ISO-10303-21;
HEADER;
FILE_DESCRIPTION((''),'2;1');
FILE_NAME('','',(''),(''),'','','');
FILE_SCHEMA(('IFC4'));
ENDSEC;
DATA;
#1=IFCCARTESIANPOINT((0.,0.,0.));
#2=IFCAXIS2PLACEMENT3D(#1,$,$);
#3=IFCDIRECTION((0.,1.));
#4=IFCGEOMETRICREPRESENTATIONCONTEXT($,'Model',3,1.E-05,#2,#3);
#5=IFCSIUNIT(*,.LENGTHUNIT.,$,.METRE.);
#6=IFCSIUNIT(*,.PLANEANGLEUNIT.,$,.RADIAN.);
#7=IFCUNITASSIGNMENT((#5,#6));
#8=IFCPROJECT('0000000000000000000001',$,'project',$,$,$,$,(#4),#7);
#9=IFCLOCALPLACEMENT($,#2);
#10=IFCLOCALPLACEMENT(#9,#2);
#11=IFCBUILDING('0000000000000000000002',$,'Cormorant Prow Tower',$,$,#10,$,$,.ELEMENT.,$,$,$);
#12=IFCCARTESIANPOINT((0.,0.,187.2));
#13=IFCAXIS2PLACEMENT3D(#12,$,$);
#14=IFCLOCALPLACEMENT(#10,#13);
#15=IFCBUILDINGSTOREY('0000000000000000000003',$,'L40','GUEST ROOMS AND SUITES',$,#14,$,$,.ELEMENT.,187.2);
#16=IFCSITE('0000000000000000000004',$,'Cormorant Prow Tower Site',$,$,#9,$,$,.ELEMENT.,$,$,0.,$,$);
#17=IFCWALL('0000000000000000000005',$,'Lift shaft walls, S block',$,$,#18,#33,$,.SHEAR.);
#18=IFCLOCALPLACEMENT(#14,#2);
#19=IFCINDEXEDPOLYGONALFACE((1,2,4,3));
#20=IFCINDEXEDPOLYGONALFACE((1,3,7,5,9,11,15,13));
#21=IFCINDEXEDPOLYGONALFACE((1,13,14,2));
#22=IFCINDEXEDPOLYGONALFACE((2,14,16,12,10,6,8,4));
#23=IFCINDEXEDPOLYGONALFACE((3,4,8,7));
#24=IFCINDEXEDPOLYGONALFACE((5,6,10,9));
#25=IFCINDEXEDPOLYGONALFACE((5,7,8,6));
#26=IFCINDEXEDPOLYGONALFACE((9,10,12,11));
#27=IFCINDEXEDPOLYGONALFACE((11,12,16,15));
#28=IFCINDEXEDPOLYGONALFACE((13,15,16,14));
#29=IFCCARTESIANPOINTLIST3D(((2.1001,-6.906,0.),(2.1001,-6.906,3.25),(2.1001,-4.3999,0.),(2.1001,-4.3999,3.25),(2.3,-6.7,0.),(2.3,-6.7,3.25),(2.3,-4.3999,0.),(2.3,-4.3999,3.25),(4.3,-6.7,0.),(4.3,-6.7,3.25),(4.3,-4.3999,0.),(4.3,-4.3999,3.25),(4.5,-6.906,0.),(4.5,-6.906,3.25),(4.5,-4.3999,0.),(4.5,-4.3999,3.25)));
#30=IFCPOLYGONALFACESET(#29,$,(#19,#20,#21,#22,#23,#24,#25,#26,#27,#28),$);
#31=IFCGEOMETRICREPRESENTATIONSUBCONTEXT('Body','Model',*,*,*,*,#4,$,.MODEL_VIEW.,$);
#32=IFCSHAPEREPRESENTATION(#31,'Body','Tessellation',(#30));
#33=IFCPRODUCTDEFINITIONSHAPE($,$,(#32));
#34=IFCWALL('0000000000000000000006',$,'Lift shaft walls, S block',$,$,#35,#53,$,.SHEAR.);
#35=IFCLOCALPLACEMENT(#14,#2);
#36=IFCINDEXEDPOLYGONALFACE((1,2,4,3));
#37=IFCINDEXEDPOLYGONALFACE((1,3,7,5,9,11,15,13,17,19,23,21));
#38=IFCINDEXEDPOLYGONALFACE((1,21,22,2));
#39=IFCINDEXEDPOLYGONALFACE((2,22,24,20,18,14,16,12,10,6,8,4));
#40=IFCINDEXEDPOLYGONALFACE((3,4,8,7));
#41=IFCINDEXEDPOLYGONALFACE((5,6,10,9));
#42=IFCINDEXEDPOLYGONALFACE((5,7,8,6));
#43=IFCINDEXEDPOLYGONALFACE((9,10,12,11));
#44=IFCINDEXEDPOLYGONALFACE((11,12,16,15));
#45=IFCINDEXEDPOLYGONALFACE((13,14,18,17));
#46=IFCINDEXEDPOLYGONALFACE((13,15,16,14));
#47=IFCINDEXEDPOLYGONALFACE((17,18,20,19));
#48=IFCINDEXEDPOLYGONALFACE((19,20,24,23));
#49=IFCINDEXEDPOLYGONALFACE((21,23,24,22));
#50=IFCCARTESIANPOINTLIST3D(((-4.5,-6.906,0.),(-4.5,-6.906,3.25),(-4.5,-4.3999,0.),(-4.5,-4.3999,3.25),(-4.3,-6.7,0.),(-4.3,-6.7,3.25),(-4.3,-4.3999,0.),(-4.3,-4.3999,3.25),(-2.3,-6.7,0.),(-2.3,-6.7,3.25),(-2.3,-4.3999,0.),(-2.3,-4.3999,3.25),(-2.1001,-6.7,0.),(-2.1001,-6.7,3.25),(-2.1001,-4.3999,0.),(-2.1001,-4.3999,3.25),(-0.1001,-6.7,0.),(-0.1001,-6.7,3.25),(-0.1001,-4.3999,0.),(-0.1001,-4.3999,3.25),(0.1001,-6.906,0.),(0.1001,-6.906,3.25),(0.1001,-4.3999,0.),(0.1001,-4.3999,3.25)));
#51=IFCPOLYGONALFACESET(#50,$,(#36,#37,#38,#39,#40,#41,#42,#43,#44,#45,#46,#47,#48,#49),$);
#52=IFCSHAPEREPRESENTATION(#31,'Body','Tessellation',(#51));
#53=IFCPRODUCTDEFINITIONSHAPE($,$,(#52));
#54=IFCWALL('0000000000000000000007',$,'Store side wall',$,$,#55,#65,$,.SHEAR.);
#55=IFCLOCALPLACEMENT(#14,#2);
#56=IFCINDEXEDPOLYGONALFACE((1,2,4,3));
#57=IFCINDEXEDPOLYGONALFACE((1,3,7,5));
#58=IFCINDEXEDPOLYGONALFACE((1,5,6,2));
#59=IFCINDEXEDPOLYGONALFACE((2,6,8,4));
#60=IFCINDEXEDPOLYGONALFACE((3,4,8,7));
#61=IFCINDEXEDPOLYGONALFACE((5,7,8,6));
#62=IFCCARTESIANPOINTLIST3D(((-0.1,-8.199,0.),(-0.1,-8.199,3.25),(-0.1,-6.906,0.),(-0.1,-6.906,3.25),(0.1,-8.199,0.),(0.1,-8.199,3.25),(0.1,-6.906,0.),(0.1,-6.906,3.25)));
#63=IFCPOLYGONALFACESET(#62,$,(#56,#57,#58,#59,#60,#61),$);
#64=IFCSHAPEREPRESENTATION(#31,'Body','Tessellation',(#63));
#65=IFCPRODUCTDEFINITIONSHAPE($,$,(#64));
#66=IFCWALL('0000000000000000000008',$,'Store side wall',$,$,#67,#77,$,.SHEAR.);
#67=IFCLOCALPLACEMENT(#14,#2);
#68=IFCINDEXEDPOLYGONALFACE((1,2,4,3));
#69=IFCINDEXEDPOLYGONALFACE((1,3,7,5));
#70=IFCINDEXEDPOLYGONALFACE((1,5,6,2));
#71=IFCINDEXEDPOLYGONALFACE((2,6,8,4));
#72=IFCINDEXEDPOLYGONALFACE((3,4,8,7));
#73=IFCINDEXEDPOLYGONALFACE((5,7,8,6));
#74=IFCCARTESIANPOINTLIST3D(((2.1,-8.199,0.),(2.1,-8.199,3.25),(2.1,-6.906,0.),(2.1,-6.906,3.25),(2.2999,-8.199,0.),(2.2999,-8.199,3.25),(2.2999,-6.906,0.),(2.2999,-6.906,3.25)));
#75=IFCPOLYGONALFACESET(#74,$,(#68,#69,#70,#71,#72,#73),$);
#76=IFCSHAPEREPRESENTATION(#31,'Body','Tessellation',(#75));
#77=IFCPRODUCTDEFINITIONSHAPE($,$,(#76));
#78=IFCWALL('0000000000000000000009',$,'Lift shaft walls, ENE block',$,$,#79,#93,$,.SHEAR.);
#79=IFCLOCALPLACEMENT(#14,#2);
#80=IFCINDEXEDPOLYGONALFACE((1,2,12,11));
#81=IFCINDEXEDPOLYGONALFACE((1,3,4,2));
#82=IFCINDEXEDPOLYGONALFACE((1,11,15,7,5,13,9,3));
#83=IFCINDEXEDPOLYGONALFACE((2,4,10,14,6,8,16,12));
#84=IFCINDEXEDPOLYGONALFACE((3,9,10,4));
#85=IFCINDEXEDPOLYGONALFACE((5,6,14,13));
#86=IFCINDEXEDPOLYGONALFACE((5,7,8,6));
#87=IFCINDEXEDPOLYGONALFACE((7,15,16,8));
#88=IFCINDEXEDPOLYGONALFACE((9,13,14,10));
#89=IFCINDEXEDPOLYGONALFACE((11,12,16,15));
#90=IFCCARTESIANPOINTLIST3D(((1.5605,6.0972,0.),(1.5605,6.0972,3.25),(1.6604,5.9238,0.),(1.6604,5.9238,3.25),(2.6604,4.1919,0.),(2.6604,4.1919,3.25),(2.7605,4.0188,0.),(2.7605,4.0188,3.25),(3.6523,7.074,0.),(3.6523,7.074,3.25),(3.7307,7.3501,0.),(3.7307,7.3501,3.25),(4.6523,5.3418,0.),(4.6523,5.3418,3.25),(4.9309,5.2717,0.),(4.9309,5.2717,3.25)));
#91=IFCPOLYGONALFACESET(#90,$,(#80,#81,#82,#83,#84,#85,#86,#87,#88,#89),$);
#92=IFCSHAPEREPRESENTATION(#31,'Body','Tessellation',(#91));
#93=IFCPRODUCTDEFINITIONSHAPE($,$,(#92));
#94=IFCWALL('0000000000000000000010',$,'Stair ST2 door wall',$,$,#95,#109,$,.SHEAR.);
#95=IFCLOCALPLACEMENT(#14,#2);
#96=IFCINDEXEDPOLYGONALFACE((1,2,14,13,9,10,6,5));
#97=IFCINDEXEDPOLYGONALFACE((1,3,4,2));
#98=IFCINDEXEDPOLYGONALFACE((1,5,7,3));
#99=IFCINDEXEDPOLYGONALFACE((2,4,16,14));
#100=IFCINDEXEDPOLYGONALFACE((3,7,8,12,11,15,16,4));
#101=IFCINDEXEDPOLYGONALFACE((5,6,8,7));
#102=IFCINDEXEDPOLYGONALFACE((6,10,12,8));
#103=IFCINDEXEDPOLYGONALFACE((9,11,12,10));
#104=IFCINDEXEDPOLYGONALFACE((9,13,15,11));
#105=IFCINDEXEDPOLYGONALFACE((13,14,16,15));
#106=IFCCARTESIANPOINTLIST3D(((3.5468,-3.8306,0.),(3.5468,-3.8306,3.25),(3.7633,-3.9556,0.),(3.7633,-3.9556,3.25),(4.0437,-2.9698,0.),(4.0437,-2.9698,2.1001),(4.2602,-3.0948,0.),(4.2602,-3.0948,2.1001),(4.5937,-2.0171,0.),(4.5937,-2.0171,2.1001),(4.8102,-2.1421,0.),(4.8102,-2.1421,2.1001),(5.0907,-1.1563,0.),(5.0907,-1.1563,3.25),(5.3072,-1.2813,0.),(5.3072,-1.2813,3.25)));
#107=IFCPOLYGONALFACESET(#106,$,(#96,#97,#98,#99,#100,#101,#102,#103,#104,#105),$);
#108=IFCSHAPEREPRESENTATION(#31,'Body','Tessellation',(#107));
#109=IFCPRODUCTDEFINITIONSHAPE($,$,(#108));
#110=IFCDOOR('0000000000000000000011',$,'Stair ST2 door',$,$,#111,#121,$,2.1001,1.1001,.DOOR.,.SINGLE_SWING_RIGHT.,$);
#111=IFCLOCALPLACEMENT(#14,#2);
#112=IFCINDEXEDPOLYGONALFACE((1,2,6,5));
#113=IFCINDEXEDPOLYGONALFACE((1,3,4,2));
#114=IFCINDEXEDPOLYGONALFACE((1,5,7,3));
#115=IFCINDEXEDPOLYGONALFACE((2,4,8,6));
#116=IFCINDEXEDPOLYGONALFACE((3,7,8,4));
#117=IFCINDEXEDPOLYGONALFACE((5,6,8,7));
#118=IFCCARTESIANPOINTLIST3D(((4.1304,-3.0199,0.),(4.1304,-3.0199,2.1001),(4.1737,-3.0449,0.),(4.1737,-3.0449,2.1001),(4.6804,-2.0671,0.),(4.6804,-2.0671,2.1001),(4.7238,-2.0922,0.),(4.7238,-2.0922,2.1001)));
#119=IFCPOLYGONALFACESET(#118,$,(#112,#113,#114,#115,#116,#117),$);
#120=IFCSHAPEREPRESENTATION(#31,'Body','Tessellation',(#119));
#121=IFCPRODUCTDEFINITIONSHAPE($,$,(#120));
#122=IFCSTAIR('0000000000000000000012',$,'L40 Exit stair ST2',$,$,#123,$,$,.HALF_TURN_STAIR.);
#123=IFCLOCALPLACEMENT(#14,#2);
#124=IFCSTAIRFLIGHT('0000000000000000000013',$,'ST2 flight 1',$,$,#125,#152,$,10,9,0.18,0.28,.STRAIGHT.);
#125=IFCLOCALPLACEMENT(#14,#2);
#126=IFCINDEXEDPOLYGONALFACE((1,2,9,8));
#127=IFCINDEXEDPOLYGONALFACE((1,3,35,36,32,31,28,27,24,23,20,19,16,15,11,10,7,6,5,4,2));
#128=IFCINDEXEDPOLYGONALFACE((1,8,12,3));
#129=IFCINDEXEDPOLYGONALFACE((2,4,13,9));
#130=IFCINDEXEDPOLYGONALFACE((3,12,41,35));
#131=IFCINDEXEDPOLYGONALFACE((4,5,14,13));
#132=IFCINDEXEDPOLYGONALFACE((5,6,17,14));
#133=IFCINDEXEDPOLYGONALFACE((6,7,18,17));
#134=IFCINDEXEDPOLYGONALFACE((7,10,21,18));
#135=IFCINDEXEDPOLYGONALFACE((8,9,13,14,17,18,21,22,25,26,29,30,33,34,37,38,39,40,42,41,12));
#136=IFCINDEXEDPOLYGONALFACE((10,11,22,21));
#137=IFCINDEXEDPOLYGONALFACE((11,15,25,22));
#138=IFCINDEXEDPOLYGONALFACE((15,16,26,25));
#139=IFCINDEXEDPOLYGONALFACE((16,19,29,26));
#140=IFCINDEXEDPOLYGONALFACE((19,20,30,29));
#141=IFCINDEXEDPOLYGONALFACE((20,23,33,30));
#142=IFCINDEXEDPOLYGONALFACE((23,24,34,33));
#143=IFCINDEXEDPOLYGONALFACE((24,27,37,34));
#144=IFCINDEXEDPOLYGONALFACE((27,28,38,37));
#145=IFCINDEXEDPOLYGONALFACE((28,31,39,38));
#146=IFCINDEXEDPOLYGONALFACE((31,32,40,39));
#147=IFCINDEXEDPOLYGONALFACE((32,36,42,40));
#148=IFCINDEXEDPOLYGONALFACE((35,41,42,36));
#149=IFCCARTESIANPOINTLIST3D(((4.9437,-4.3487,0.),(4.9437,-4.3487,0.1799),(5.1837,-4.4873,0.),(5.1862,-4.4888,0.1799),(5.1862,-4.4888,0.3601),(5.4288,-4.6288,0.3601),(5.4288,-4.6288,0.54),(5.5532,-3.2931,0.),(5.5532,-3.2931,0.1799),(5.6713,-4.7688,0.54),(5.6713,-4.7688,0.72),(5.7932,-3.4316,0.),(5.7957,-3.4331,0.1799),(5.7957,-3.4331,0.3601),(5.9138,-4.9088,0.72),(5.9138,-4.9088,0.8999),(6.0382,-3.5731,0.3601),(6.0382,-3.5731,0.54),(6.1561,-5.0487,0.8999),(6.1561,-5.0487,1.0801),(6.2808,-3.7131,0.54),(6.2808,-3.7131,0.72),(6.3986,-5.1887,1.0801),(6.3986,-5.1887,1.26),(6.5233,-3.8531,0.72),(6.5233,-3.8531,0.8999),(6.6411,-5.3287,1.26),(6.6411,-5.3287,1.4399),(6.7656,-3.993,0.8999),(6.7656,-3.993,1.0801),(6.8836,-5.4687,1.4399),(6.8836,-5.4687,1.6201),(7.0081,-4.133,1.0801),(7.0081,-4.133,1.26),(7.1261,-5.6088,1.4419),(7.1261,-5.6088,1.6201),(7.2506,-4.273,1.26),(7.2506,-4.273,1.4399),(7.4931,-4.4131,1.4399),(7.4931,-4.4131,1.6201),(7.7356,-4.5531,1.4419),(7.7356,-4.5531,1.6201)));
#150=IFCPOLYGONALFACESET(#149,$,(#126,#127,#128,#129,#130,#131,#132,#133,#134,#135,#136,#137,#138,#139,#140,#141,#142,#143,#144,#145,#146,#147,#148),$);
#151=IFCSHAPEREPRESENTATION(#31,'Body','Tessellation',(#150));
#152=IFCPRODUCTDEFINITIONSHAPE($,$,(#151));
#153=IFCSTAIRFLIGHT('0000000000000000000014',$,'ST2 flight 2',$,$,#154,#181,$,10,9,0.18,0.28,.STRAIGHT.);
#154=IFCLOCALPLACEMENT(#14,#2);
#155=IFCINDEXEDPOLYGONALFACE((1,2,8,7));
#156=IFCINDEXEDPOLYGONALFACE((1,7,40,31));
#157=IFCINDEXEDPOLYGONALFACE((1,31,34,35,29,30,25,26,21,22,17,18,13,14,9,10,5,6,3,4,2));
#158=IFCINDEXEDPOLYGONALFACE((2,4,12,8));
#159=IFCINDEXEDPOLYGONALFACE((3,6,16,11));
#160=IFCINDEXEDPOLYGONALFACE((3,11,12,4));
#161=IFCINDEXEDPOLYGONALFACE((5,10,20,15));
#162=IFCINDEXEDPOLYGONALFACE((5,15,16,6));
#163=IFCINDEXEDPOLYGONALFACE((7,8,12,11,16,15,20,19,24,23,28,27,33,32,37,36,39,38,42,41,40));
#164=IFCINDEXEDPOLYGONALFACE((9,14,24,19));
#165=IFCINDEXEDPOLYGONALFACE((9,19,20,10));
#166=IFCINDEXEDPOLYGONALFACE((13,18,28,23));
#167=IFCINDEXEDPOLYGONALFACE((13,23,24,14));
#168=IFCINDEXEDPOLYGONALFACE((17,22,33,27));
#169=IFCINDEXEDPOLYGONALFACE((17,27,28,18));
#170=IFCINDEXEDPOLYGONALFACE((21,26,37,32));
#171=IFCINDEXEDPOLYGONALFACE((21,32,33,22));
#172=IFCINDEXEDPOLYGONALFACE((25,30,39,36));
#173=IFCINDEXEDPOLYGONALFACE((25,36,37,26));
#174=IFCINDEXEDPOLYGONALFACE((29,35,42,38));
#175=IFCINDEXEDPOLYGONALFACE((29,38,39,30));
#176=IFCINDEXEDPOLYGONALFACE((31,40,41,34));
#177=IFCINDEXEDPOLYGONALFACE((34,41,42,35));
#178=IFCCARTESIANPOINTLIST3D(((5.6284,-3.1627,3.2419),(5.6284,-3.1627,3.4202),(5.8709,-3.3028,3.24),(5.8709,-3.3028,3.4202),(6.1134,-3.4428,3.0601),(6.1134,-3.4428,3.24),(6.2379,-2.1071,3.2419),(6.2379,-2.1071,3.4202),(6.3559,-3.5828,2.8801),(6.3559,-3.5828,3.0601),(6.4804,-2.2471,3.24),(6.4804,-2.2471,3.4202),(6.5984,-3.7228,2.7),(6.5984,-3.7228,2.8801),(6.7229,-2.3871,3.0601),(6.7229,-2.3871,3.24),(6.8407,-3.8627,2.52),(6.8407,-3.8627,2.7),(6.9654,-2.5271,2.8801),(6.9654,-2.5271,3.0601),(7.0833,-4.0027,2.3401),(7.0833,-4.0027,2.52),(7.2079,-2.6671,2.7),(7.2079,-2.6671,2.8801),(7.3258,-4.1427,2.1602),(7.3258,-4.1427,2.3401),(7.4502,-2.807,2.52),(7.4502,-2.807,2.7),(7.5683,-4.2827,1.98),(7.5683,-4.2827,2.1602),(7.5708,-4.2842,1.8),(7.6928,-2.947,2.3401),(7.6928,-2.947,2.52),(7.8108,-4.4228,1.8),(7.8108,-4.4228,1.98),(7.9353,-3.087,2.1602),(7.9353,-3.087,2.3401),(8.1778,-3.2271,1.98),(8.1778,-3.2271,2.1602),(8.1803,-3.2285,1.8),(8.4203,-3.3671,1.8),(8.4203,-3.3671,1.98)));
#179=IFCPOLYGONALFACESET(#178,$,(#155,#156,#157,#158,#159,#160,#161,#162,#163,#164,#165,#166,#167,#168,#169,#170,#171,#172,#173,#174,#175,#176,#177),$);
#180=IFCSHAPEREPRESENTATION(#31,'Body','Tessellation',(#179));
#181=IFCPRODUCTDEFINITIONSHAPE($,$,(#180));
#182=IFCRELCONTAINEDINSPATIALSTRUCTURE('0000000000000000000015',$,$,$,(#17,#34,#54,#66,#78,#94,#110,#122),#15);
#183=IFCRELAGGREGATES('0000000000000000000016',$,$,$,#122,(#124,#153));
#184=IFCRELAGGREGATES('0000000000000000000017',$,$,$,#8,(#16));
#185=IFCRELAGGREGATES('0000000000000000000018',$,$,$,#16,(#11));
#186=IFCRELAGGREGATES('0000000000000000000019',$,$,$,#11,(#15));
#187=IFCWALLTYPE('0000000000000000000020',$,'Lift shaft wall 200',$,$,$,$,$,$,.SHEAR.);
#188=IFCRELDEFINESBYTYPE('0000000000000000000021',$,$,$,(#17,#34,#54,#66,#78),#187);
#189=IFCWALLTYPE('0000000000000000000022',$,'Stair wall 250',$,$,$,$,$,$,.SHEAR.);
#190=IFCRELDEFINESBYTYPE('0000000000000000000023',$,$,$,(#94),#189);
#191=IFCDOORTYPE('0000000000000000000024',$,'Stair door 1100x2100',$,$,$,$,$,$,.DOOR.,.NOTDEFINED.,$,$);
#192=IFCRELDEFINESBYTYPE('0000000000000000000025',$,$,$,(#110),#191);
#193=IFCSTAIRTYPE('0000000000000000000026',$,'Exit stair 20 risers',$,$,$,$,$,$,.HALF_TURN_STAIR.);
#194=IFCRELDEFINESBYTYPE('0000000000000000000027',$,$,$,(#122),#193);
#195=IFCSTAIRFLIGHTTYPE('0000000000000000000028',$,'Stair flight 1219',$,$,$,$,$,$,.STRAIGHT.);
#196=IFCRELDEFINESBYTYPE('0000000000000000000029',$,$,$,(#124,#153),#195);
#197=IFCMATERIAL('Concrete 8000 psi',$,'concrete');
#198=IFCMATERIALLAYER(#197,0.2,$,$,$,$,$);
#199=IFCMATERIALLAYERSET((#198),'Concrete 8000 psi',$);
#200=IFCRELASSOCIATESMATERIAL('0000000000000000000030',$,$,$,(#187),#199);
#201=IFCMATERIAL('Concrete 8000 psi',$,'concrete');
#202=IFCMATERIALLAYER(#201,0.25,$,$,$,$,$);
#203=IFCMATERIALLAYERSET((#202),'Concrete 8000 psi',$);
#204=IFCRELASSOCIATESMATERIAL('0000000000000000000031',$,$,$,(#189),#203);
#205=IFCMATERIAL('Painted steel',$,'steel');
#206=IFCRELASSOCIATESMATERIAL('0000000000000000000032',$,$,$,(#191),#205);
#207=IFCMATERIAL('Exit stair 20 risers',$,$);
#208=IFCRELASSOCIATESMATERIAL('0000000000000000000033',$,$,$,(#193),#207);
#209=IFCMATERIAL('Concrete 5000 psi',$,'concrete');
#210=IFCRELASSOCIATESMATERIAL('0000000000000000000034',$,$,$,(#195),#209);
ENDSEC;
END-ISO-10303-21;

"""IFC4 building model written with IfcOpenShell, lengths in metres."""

from ifc_helpers import new_model, si_unit, direction, frame, frame_2d, origin, place, context, subcontext, project, spatial, polyline, rectangle, outline, extrude, material, layer, layer_set, type_object, element, fill, aggregate, save


model = new_model("IFC4")

# Units and contexts
model_context = context("Model", 3, precision=1e-05, world=origin(), true_north=direction((0.0, 1.0)))
body_context = subcontext(model_context, "Body", "Model", "MODEL_VIEW")
ifc_project = project(units=[si_unit("LENGTHUNIT", "METRE"), si_unit("PLANEANGLEUNIT", "RADIAN")], contexts=[model_context])

# Site, building, storey
site_placement = place(None, origin())
site = spatial("IfcSite", under=ifc_project, at=site_placement, Name="Cormorant Prow Tower Site", CompositionType="ELEMENT", RefElevation=0.0)
building_placement = place(site_placement, origin())
building = spatial("IfcBuilding", under=site, at=building_placement, Name="Cormorant Prow Tower", CompositionType="ELEMENT")
storey_placement = place(building_placement, frame((0.0, 0.0, 187.2)))
storey = spatial("IfcBuildingStorey", under=building, at=storey_placement, Name="L40", Description="GUEST ROOMS AND SUITES", CompositionType="ELEMENT", Elevation=187.2)

# Walls
ifc_material_1 = material(Name="Concrete 8000 psi", Category="concrete")
ifc_layer_1 = layer(ifc_material_1, 0.2)
ifc_layer_set_1 = layer_set([ifc_layer_1], Name="Concrete 8000 psi")
wall_type_1 = type_object("IfcWallType", Name="Lift shaft wall 200", PredefinedType="SHEAR", material=ifc_layer_set_1)
wall_1_placement = place(storey_placement, origin())
element("IfcWall", 1, at=wall_1_placement, inside=storey, type_object=wall_type_1, Name="Lift shaft walls, S block", PredefinedType="SHEAR", context=body_context, shape_type="SweptSolid", body=[
    extrude(outline(polyline([(4.5, -4.3999), (4.5, -6.906), (2.1001, -6.906), (2.1001, -4.3999), (2.3, -4.3999), (2.3, -6.7), (4.3, -6.7), (4.3, -4.3999), (4.5, -4.3999)])), origin(), (0.0, 0.0, 1.0), 3.25),
])
wall_2_placement = place(storey_placement, origin())
element("IfcWall", 2, at=wall_2_placement, inside=storey, type_object=wall_type_1, Name="Lift shaft walls, S block", PredefinedType="SHEAR", context=body_context, shape_type="SweptSolid", body=[
    extrude(outline(polyline([(0.1001, -4.3999), (0.1001, -6.906), (-4.5, -6.906), (-4.5, -4.3999), (-4.3, -4.3999), (-4.3, -6.7), (-2.3, -6.7), (-2.3, -4.3999), (-2.1001, -4.3999), (-2.1001, -6.7), (-0.1001, -6.7), (-0.1001, -4.3999), (0.1001, -4.3999)])), origin(), (0.0, 0.0, 1.0), 3.25),
])
for number, where, z_axis, x_axis, name in (
    (3, (0.0, -6.906, 0.0), (0.0, 0.0, 1.0), (0.0, -1.0, 0.0), "Store side wall"),
    (4, (2.2, -6.906, 0.0), (0.0, 0.0, 1.0), (0.0, -1.0, 0.0), "Store side wall"),
):
    element("IfcWall", number, at=place(storey_placement, frame(where, z_axis=z_axis, x_axis=x_axis)), inside=storey, type_object=wall_type_1, Name=name, PredefinedType="SHEAR", context=body_context, shape_type="SweptSolid", body=[
        extrude(rectangle(XDim=1.293, YDim=0.2, at=frame_2d((0.6465, 0.0))), origin(), (0.0, 0.0, 1.0), 3.25),
    ])
wall_3_placement = place(storey_placement, origin())
element("IfcWall", 5, at=wall_3_placement, inside=storey, type_object=wall_type_1, Name="Lift shaft walls, ENE block", PredefinedType="SHEAR", context=body_context, shape_type="SweptSolid", body=[
    extrude(outline(polyline([(1.5605, 6.0972), (3.7307, 7.3501), (4.9309, 5.2717), (2.7605, 4.0188), (2.6604, 4.1919), (4.6523, 5.3418), (3.6523, 7.074), (1.6604, 5.9238), (1.5605, 6.0972)])), origin(), (0.0, 0.0, 1.0), 3.25),
])

# Wall, opening, door
ifc_material_2 = material(Name="Concrete 8000 psi", Category="concrete")
ifc_layer_2 = layer(ifc_material_2, 0.25)
ifc_layer_set_2 = layer_set([ifc_layer_2], Name="Concrete 8000 psi")
wall_type_2 = type_object("IfcWallType", Name="Stair wall 250", PredefinedType="SHEAR", material=ifc_layer_set_2)
wall_4_placement = place(storey_placement, frame((3.655, -3.8931, 0.0), z_axis=(0.0, 0.0, 1.0), x_axis=(0.499983, 0.866035, 0.0)))
wall_4 = element("IfcWall", 6, at=wall_4_placement, inside=storey, type_object=wall_type_2, Name="Stair ST2 door wall", PredefinedType="SHEAR", context=body_context, shape_type="SweptSolid", body=[
    extrude(rectangle(XDim=3.0879, YDim=0.25, at=frame_2d((1.5439, 0.0))), origin(), (0.0, 0.0, 1.0), 3.25),
])
opening_1_placement = place(wall_4_placement, frame((0.9939, 0.0, 0.0)))
opening_1 = element("IfcOpeningElement", 7, at=opening_1_placement, cuts=wall_4, PredefinedType="OPENING", context=body_context, shape_type="SweptSolid", body=[
    extrude(rectangle(XDim=1.1001, YDim=2.1001, at=frame_2d((0.55, 1.05))), frame((0.0, 0.135, 0.0), z_axis=(0.0, -1.0, 0.0), x_axis=(1.0, 0.0, 0.0)), (0.0, 0.0, 1.0), 0.27),
])
ifc_material_3 = material(Name="Painted steel", Category="steel")
door_type_1 = type_object("IfcDoorType", Name="Stair door 1100x2100", OperationType="NOTDEFINED", PredefinedType="DOOR", material=ifc_material_3)
door_1_placement = place(opening_1_placement, origin())
door_1 = element("IfcDoor", 8, at=door_1_placement, inside=storey, type_object=door_type_1, Name="Stair ST2 door", OperationType="SINGLE_SWING_RIGHT", OverallHeight=2.1001, OverallWidth=1.1001, PredefinedType="DOOR", context=body_context, shape_type="SweptSolid", body=[
    extrude(rectangle(XDim=1.1001, YDim=2.1001, at=frame_2d((0.55, 1.05))), frame((0.0, 0.0249, 0.0), z_axis=(0.0, -1.0, 0.0), x_axis=(1.0, 0.0, 0.0)), (0.0, 0.0, 1.0), 0.05),
])
fill(opening_1, door_1)

# Stair, stair flights
ifc_material_4 = material(Name="Exit stair 20 risers")
stair_type = type_object("IfcStairType", Name="Exit stair 20 risers", PredefinedType="HALF_TURN_STAIR", material=ifc_material_4)
stair_placement = place(storey_placement, origin())
stair = element("IfcStair", 9, at=stair_placement, inside=storey, type_object=stair_type, Name="L40 Exit stair ST2", PredefinedType="HALF_TURN_STAIR")
ifc_material_5 = material(Name="Concrete 5000 psi", Category="concrete")
stair_flight_type = type_object("IfcStairFlightType", Name="Stair flight 1219", PredefinedType="STRAIGHT", material=ifc_material_5)
stair_flight_1_placement = place(storey_placement, frame((5.2485, -3.8208, 0.0), z_axis=(0.0, 0.0, 1.0), x_axis=(0.866025, -0.5, 0.0)))
stair_flight_1 = element("IfcStairFlight", 10, at=stair_flight_1_placement, type_object=stair_flight_type, Name="ST2 flight 1", NumberOfRisers=10, NumberOfTreads=9, PredefinedType="STRAIGHT", RiserHeight=0.18, TreadLength=0.28, context=body_context, shape_type="SweptSolid", body=[
    extrude(outline(polyline([(0.0, 0.0), (0.0, 0.1799), (0.28, 0.1799), (0.28, 0.3601), (0.5601, 0.3601), (0.5601, 0.54), (0.8401, 0.54), (0.8401, 0.72), (1.1201, 0.72), (1.1201, 0.8999), (1.3999, 0.8999), (1.3999, 1.0801), (1.6799, 1.0801), (1.6799, 1.26), (1.96, 1.26), (1.96, 1.4399), (2.24, 1.4399), (2.24, 1.6201), (2.52, 1.6201), (2.52, 1.8), (2.52, 1.4419), (0.2771, 0.0), (0.0, 0.0)])), frame((0.0, 0.6094, 0.0), z_axis=(0.0, -1.0, 0.0), x_axis=(1.0, 0.0, 0.0)), (0.0, 0.0, 1.0), 1.219),
])
stair_flight_2_placement = place(storey_placement, frame((8.1155, -3.895, 1.8), z_axis=(0.0, 0.0, 1.0), x_axis=(-0.866025, 0.5, 0.0)))
stair_flight_2 = element("IfcStairFlight", 11, at=stair_flight_2_placement, type_object=stair_flight_type, Name="ST2 flight 2", NumberOfRisers=10, NumberOfTreads=9, PredefinedType="STRAIGHT", RiserHeight=0.18, TreadLength=0.28, context=body_context, shape_type="SweptSolid", body=[
    extrude(outline(polyline([(0.0, 0.0), (0.0, 0.1799), (0.28, 0.1799), (0.28, 0.3601), (0.5601, 0.3601), (0.5601, 0.54), (0.8401, 0.54), (0.8401, 0.72), (1.1201, 0.72), (1.1201, 0.8999), (1.3999, 0.8999), (1.3999, 1.0801), (1.6799, 1.0801), (1.6799, 1.26), (1.96, 1.26), (1.96, 1.4399), (2.24, 1.4399), (2.24, 1.6201), (2.52, 1.6201), (2.52, 1.8), (2.52, 1.4419), (0.2771, 0.0), (0.0, 0.0)])), frame((0.0, 0.6094, 0.0), z_axis=(0.0, -1.0, 0.0), x_axis=(1.0, 0.0, 0.0)), (0.0, 0.0, 1.0), 1.219),
])
aggregate(stair, [stair_flight_1, stair_flight_2])

save(model, "model.ifc")
